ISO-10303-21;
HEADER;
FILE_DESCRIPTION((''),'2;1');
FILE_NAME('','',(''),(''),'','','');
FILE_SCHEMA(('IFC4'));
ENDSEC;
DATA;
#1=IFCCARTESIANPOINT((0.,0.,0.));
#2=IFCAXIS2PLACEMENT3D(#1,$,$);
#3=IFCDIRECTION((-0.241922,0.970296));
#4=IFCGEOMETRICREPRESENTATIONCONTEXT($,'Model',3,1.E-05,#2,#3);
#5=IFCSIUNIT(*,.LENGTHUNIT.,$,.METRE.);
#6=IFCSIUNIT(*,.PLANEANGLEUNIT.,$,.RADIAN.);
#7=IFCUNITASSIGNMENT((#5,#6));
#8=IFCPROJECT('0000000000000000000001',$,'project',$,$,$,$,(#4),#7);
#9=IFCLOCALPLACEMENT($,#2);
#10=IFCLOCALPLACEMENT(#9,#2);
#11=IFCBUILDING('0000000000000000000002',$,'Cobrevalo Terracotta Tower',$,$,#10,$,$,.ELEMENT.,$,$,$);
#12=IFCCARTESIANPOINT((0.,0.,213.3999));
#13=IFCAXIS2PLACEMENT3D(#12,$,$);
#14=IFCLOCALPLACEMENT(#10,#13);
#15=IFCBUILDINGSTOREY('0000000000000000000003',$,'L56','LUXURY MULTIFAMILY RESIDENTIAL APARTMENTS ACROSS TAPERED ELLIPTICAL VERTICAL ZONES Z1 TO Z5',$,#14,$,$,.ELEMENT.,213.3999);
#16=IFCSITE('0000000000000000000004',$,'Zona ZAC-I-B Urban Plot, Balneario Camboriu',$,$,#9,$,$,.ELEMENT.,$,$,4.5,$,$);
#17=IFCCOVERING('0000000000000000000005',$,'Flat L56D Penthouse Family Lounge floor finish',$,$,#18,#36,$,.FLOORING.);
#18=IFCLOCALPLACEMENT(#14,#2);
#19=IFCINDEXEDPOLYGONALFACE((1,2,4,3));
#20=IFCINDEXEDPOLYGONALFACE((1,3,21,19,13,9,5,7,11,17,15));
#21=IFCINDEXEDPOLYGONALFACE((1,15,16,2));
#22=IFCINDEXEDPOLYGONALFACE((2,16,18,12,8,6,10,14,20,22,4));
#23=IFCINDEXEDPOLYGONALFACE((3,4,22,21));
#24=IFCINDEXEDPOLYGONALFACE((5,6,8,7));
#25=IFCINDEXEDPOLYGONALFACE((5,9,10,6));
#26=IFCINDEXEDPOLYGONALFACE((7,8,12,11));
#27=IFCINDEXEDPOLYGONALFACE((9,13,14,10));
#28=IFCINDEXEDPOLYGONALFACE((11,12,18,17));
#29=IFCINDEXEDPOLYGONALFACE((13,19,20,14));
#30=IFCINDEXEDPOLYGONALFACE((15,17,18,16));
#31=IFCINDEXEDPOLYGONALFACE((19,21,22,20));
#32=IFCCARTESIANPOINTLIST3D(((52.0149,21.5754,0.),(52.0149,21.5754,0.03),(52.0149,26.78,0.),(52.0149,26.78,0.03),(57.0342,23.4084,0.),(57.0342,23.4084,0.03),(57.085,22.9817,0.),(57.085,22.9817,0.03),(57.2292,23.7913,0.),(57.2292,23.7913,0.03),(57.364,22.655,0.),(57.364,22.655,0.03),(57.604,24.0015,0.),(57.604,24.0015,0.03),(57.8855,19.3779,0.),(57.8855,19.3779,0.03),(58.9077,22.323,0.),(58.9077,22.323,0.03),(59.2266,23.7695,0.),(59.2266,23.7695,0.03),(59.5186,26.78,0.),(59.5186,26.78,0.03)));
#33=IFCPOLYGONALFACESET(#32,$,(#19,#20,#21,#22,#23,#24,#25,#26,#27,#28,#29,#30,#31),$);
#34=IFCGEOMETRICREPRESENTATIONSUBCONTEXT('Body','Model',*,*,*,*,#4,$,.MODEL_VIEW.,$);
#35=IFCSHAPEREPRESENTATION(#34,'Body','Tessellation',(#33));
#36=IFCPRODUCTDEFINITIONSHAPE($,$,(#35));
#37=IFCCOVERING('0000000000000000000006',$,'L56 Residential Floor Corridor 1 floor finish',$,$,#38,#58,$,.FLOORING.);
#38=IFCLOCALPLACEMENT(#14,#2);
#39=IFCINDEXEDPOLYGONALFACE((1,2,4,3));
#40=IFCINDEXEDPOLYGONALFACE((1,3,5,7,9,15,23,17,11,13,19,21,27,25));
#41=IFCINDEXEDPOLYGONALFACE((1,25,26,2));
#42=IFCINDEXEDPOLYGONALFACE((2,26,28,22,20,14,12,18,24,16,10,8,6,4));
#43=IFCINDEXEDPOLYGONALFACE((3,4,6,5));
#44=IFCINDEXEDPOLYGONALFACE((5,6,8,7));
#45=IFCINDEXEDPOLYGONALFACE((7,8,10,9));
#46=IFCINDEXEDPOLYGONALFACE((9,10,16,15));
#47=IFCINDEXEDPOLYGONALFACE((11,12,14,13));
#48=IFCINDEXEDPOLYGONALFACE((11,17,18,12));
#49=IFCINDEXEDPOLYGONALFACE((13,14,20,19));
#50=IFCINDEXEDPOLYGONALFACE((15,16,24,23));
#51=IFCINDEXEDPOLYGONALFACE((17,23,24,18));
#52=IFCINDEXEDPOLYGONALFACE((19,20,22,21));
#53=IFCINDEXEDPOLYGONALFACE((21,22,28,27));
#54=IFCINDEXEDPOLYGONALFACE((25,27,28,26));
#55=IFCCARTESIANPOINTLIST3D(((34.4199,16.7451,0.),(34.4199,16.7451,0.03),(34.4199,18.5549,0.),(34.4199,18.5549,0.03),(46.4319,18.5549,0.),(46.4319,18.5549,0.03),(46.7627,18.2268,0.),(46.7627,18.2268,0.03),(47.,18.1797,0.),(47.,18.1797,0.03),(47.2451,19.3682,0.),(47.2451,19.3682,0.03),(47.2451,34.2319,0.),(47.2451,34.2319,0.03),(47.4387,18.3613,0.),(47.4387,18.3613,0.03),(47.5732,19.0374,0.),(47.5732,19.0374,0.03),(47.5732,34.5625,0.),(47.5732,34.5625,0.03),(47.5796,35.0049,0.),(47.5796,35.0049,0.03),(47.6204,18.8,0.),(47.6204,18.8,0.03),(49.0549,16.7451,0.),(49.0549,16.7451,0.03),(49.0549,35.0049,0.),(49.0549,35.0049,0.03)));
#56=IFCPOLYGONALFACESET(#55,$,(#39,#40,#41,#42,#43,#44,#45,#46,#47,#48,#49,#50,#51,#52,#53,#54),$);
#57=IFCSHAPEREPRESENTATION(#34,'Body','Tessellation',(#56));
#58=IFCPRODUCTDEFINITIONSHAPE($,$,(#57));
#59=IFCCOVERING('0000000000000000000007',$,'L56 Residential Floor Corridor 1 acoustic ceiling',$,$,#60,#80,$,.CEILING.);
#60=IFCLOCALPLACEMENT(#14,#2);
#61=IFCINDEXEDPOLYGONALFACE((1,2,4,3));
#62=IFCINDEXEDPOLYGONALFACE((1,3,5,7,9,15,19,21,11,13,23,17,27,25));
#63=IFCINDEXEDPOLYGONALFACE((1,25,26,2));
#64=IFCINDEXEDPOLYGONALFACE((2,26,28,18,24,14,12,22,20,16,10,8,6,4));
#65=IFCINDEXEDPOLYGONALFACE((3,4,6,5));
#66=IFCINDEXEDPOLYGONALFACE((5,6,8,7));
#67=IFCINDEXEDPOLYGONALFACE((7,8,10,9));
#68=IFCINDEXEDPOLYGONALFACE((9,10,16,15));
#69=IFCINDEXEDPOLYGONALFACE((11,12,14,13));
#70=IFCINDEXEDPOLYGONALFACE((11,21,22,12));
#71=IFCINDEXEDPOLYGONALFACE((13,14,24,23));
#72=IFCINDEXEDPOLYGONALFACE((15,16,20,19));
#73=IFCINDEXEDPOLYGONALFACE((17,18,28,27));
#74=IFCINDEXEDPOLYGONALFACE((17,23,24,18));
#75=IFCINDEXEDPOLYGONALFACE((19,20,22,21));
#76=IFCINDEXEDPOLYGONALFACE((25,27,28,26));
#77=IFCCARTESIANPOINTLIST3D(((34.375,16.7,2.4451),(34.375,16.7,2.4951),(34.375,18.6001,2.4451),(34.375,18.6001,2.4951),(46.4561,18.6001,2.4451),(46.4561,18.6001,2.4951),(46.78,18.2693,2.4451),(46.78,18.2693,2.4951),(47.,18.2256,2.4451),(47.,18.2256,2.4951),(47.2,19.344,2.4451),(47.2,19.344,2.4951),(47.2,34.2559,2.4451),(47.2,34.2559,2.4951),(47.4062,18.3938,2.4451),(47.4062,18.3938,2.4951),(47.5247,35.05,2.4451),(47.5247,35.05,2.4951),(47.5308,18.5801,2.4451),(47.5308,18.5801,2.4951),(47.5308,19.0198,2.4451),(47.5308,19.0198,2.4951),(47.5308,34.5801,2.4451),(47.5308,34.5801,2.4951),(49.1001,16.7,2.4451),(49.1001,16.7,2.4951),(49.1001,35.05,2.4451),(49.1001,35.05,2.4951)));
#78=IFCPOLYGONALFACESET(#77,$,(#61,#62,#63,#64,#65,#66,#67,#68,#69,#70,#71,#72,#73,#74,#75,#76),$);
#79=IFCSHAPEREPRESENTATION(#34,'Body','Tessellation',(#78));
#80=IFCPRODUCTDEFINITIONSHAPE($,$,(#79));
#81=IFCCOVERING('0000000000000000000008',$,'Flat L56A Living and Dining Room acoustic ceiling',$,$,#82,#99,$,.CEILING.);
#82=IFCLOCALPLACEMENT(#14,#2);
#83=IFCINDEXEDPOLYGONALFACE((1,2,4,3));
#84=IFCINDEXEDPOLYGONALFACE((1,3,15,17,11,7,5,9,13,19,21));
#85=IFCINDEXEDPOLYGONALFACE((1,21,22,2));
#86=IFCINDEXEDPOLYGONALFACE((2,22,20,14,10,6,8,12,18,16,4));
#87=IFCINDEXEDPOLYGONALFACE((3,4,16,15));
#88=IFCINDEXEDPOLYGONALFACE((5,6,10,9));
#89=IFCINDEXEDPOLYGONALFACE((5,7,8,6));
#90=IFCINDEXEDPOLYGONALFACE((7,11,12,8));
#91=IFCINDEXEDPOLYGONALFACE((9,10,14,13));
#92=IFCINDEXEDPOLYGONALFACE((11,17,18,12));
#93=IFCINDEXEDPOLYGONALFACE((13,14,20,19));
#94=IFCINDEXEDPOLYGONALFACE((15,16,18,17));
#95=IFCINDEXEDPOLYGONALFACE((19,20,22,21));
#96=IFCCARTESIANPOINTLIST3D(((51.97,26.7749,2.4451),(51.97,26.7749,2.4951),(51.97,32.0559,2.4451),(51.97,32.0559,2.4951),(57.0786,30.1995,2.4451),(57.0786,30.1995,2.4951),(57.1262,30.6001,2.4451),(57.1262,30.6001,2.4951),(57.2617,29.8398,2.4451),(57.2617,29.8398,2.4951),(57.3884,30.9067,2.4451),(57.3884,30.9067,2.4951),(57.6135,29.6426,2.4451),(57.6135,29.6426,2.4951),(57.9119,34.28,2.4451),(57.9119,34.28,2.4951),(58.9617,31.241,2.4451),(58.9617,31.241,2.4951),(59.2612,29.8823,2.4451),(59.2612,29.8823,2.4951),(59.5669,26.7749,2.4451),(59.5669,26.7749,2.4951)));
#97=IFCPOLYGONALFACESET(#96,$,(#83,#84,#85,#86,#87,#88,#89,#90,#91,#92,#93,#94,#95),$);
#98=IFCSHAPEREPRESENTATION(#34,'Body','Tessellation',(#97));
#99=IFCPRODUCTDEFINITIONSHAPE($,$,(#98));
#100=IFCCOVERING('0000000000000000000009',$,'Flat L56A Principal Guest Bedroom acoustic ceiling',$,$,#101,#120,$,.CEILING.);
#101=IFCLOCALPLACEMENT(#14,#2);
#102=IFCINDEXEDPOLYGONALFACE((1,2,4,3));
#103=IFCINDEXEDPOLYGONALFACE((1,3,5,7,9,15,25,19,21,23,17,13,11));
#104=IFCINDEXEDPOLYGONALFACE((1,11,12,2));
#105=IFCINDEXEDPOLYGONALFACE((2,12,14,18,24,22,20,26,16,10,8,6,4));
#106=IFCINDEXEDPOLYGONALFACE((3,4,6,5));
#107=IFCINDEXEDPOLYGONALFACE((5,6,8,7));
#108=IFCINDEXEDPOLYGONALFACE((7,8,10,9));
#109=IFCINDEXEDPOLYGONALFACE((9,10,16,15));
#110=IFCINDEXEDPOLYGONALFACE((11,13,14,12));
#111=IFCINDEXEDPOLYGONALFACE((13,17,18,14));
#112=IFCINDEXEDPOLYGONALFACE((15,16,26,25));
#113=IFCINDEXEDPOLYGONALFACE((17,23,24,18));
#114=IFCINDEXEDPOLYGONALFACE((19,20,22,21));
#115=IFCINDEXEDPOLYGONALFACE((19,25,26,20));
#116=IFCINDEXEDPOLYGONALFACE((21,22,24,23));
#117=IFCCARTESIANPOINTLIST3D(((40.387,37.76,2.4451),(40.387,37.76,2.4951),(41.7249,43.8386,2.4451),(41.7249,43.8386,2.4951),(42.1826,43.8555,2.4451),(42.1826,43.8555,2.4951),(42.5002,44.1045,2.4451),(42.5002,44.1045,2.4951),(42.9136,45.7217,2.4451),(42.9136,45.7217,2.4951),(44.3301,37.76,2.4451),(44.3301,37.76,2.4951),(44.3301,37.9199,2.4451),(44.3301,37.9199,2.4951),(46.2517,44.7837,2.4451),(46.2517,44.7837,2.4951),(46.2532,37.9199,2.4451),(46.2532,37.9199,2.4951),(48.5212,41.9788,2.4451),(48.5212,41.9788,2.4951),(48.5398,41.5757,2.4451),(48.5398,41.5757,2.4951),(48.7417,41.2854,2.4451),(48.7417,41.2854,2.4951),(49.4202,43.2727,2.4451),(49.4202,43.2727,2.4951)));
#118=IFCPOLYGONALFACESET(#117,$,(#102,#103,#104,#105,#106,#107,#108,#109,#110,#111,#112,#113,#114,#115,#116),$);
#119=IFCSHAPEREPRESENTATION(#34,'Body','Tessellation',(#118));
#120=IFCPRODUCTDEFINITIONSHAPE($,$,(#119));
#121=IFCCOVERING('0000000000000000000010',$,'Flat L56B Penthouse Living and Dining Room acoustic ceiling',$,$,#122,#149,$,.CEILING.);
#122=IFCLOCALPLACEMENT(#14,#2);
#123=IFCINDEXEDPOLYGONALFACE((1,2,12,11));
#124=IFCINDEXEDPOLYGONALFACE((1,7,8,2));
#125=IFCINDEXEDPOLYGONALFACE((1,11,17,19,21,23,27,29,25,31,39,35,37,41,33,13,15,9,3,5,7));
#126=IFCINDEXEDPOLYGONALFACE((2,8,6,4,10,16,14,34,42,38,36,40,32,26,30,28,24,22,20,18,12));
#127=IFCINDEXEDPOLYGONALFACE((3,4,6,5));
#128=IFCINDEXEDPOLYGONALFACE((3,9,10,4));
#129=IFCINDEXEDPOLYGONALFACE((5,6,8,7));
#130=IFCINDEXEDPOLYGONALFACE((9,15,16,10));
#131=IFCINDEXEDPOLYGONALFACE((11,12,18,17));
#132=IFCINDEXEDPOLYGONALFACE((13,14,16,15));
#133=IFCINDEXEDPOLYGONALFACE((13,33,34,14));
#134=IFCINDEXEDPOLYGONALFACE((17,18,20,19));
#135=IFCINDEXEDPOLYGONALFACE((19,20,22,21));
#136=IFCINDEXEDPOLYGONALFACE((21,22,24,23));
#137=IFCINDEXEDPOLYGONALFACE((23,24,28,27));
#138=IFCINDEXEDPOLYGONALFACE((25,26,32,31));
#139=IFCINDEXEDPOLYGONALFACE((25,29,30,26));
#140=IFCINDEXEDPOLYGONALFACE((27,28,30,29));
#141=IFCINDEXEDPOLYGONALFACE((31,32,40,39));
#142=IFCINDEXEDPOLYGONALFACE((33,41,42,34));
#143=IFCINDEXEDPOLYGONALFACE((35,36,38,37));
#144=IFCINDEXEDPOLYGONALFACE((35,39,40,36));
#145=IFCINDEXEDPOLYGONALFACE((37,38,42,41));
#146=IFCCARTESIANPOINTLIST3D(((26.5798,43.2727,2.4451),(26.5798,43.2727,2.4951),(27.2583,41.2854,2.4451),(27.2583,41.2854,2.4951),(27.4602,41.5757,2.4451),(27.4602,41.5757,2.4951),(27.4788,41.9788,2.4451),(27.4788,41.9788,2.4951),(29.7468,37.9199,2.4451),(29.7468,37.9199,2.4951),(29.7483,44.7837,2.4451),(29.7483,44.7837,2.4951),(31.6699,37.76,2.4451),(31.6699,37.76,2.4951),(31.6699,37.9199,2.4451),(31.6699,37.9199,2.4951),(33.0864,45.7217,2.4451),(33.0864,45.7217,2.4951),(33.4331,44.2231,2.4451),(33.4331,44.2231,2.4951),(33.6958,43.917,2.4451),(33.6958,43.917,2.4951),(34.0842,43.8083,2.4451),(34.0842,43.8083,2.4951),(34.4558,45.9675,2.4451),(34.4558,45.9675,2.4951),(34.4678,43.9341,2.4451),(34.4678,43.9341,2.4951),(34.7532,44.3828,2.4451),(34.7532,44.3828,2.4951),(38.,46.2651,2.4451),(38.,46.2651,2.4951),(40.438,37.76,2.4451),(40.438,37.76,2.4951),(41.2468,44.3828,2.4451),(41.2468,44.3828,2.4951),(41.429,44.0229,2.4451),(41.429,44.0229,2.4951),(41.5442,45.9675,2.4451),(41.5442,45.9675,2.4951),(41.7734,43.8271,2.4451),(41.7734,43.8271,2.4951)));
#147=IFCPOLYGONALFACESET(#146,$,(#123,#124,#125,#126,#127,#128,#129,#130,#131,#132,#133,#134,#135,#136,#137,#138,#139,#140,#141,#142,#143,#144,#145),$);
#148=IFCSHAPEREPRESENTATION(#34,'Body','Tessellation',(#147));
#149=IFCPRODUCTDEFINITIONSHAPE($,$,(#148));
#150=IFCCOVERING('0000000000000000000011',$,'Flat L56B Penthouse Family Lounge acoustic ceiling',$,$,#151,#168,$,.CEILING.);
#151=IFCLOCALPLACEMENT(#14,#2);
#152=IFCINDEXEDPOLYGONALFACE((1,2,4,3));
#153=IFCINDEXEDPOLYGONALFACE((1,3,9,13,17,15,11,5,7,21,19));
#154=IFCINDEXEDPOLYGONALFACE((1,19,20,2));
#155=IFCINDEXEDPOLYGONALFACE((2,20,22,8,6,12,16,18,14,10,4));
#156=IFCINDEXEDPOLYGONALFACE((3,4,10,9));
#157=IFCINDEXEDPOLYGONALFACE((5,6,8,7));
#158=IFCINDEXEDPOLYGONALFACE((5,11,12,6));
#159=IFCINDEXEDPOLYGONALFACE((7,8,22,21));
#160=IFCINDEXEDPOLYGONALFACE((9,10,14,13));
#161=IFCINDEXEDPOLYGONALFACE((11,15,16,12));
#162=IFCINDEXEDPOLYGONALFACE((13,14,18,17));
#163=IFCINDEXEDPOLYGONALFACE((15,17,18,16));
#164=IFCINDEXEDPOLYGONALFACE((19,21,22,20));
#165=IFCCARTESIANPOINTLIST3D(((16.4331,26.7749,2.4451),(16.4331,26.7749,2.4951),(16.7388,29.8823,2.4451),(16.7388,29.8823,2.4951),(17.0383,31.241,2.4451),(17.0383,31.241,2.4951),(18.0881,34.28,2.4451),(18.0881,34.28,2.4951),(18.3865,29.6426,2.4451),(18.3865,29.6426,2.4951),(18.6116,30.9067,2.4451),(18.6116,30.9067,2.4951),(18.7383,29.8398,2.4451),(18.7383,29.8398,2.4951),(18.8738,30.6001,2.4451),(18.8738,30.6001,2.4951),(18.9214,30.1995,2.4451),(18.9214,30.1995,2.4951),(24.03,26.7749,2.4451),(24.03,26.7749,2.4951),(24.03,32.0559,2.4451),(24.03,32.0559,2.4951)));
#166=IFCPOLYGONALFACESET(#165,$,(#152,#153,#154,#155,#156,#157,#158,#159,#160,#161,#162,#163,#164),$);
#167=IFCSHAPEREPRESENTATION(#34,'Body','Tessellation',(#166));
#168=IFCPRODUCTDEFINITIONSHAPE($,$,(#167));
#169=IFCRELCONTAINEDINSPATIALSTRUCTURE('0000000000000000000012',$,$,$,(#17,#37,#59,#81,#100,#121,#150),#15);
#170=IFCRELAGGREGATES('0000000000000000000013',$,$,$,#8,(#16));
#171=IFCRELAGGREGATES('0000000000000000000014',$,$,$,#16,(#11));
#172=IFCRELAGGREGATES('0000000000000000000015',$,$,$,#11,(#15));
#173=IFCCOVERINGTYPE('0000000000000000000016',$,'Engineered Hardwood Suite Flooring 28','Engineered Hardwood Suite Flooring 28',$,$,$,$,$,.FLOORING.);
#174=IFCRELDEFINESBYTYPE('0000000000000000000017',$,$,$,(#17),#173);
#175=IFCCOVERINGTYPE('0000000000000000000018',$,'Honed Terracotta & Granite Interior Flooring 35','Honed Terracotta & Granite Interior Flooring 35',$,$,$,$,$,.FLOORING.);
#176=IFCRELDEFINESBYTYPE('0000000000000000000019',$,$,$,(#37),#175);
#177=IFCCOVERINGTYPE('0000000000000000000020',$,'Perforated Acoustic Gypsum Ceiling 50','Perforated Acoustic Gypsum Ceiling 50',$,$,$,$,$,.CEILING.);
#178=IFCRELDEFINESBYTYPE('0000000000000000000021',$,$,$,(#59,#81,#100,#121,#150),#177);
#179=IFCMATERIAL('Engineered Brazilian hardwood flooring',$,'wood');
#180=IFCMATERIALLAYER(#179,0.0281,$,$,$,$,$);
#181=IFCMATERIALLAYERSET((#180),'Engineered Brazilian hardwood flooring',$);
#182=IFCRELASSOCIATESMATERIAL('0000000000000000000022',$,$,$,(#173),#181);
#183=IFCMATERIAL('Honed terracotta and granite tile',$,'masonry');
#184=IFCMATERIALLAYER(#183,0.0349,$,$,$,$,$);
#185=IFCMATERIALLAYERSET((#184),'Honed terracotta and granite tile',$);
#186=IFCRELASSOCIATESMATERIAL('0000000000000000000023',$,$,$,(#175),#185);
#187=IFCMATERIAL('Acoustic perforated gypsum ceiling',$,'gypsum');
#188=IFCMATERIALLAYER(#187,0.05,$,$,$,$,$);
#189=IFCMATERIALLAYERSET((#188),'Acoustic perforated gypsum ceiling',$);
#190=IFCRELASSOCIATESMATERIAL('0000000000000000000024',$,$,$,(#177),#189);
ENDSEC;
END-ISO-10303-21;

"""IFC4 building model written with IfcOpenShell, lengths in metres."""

from ifc_helpers import new_model, si_unit, direction, frame, origin, place, context, subcontext, project, spatial, polyline, outline, extrude, material, layer, layer_set, type_object, element, save


model = new_model("IFC4")

# Units and contexts
model_context = context("Model", 3, precision=1e-05, world=origin(), true_north=direction((-0.241922, 0.970296)))
body_context = subcontext(model_context, "Body", "Model", "MODEL_VIEW")
ifc_project = project(units=[si_unit("LENGTHUNIT", "METRE"), si_unit("PLANEANGLEUNIT", "RADIAN")], contexts=[model_context])

# Site, building, storey
site_placement = place(None, origin())
site = spatial("IfcSite", under=ifc_project, at=site_placement, Name="Zona ZAC-I-B Urban Plot, Balneario Camboriu", CompositionType="ELEMENT", RefElevation=4.5)
building_placement = place(site_placement, origin())
building = spatial("IfcBuilding", under=site, at=building_placement, Name="Cobrevalo Terracotta Tower", CompositionType="ELEMENT")
storey_placement = place(building_placement, frame((0.0, 0.0, 213.3999)))
storey = spatial("IfcBuildingStorey", under=building, at=storey_placement, Name="L56", Description="LUXURY MULTIFAMILY RESIDENTIAL APARTMENTS ACROSS TAPERED ELLIPTICAL VERTICAL ZONES Z1 TO Z5", CompositionType="ELEMENT", Elevation=213.3999)

# Coverings
ifc_material_1 = material(Name="Engineered Brazilian hardwood flooring", Category="wood")
ifc_layer_1 = layer(ifc_material_1, 0.0281)
ifc_layer_set_1 = layer_set([ifc_layer_1], Name="Engineered Brazilian hardwood flooring")
covering_type_1 = type_object("IfcCoveringType", Name="Engineered Hardwood Suite Flooring 28", Description="Engineered Hardwood Suite Flooring 28", PredefinedType="FLOORING", material=ifc_layer_set_1)
covering_1_placement = place(storey_placement, origin())
element("IfcCovering", 1, at=covering_1_placement, inside=storey, type_object=covering_type_1, Name="Flat L56D Penthouse Family Lounge floor finish", PredefinedType="FLOORING", context=body_context, shape_type="SweptSolid", body=[
    extrude(outline(polyline([(52.0149, 21.5754), (52.0149, 26.78), (59.5186, 26.78), (59.2266, 23.7695), (57.604, 24.0015), (57.2292, 23.7913), (57.0342, 23.4084), (57.085, 22.9817), (57.364, 22.655), (58.9077, 22.323), (57.8855, 19.3779), (52.0149, 21.5754)])), origin(), (0.0, 0.0, 1.0), 0.03),
])
ifc_material_2 = material(Name="Honed terracotta and granite tile", Category="masonry")
ifc_layer_2 = layer(ifc_material_2, 0.0349)
ifc_layer_set_2 = layer_set([ifc_layer_2], Name="Honed terracotta and granite tile")
covering_type_2 = type_object("IfcCoveringType", Name="Honed Terracotta & Granite Interior Flooring 35", Description="Honed Terracotta & Granite Interior Flooring 35", PredefinedType="FLOORING", material=ifc_layer_set_2)
covering_2_placement = place(storey_placement, origin())
element("IfcCovering", 2, at=covering_2_placement, inside=storey, type_object=covering_type_2, Name="L56 Residential Floor Corridor 1 floor finish", PredefinedType="FLOORING", context=body_context, shape_type="SweptSolid", body=[
    extrude(outline(polyline([(34.4199, 18.5549), (46.4319, 18.5549), (46.7627, 18.2268), (47.0, 18.1797), (47.4387, 18.3613), (47.6204, 18.8), (47.5732, 19.0374), (47.2451, 19.3682), (47.2451, 34.2319), (47.5732, 34.5625), (47.5796, 35.0049), (49.0549, 35.0049), (49.0549, 16.7451), (34.4199, 16.7451), (34.4199, 18.5549)])), origin(), (0.0, 0.0, 1.0), 0.03),
])
ifc_material_3 = material(Name="Acoustic perforated gypsum ceiling", Category="gypsum")
ifc_layer_3 = layer(ifc_material_3, 0.05)
ifc_layer_set_3 = layer_set([ifc_layer_3], Name="Acoustic perforated gypsum ceiling")
covering_type_3 = type_object("IfcCoveringType", Name="Perforated Acoustic Gypsum Ceiling 50", Description="Perforated Acoustic Gypsum Ceiling 50", PredefinedType="CEILING", material=ifc_layer_set_3)
covering_3_placement = place(storey_placement, frame((0.0, 0.0, 2.4451)))
element("IfcCovering", 3, at=covering_3_placement, inside=storey, type_object=covering_type_3, Name="L56 Residential Floor Corridor 1 acoustic ceiling", PredefinedType="CEILING", context=body_context, shape_type="SweptSolid", body=[
    extrude(outline(polyline([(34.375, 18.6001), (46.4561, 18.6001), (46.78, 18.2693), (47.0, 18.2256), (47.4062, 18.3938), (47.5308, 18.5801), (47.5308, 19.0198), (47.2, 19.344), (47.2, 34.2559), (47.5308, 34.5801), (47.5247, 35.05), (49.1001, 35.05), (49.1001, 16.7), (34.375, 16.7), (34.375, 18.6001)])), origin(), (0.0, 0.0, 1.0), 0.05),
])
covering_4_placement = place(storey_placement, frame((0.0, 0.0, 2.4451)))
element("IfcCovering", 4, at=covering_4_placement, inside=storey, type_object=covering_type_3, Name="Flat L56A Living and Dining Room acoustic ceiling", PredefinedType="CEILING", context=body_context, shape_type="SweptSolid", body=[
    extrude(outline(polyline([(57.9119, 34.28), (58.9617, 31.241), (57.3884, 30.9067), (57.1262, 30.6001), (57.0786, 30.1995), (57.2617, 29.8398), (57.6135, 29.6426), (59.2612, 29.8823), (59.5669, 26.7749), (51.97, 26.7749), (51.97, 32.0559), (57.9119, 34.28)])), origin(), (0.0, 0.0, 1.0), 0.05),
])
covering_5_placement = place(storey_placement, frame((0.0, 0.0, 2.4451)))
element("IfcCovering", 5, at=covering_5_placement, inside=storey, type_object=covering_type_3, Name="Flat L56A Principal Guest Bedroom acoustic ceiling", PredefinedType="CEILING", context=body_context, shape_type="SweptSolid", body=[
    extrude(outline(polyline([(49.4202, 43.2727), (48.5212, 41.9788), (48.5398, 41.5757), (48.7417, 41.2854), (46.2532, 37.9199), (44.3301, 37.9199), (44.3301, 37.76), (40.387, 37.76), (41.7249, 43.8386), (42.1826, 43.8555), (42.5002, 44.1045), (42.9136, 45.7217), (46.2517, 44.7837), (49.4202, 43.2727)])), origin(), (0.0, 0.0, 1.0), 0.05),
])
covering_6_placement = place(storey_placement, frame((0.0, 0.0, 2.4451)))
element("IfcCovering", 6, at=covering_6_placement, inside=storey, type_object=covering_type_3, Name="Flat L56B Penthouse Living and Dining Room acoustic ceiling", PredefinedType="CEILING", context=body_context, shape_type="SweptSolid", body=[
    extrude(outline(polyline([(29.7483, 44.7837), (33.0864, 45.7217), (33.4331, 44.2231), (33.6958, 43.917), (34.0842, 43.8083), (34.4678, 43.9341), (34.7532, 44.3828), (34.4558, 45.9675), (38.0, 46.2651), (41.5442, 45.9675), (41.2468, 44.3828), (41.429, 44.0229), (41.7734, 43.8271), (40.438, 37.76), (31.6699, 37.76), (31.6699, 37.9199), (29.7468, 37.9199), (27.2583, 41.2854), (27.4602, 41.5757), (27.4788, 41.9788), (26.5798, 43.2727), (29.7483, 44.7837)])), origin(), (0.0, 0.0, 1.0), 0.05),
])
covering_7_placement = place(storey_placement, frame((0.0, 0.0, 2.4451)))
element("IfcCovering", 7, at=covering_7_placement, inside=storey, type_object=covering_type_3, Name="Flat L56B Penthouse Family Lounge acoustic ceiling", PredefinedType="CEILING", context=body_context, shape_type="SweptSolid", body=[
    extrude(outline(polyline([(24.03, 32.0559), (24.03, 26.7749), (16.4331, 26.7749), (16.7388, 29.8823), (18.3865, 29.6426), (18.7383, 29.8398), (18.9214, 30.1995), (18.8738, 30.6001), (18.6116, 30.9067), (17.0383, 31.241), (18.0881, 34.28), (24.03, 32.0559)])), origin(), (0.0, 0.0, 1.0), 0.05),
])

save(model, "model.ifc")
